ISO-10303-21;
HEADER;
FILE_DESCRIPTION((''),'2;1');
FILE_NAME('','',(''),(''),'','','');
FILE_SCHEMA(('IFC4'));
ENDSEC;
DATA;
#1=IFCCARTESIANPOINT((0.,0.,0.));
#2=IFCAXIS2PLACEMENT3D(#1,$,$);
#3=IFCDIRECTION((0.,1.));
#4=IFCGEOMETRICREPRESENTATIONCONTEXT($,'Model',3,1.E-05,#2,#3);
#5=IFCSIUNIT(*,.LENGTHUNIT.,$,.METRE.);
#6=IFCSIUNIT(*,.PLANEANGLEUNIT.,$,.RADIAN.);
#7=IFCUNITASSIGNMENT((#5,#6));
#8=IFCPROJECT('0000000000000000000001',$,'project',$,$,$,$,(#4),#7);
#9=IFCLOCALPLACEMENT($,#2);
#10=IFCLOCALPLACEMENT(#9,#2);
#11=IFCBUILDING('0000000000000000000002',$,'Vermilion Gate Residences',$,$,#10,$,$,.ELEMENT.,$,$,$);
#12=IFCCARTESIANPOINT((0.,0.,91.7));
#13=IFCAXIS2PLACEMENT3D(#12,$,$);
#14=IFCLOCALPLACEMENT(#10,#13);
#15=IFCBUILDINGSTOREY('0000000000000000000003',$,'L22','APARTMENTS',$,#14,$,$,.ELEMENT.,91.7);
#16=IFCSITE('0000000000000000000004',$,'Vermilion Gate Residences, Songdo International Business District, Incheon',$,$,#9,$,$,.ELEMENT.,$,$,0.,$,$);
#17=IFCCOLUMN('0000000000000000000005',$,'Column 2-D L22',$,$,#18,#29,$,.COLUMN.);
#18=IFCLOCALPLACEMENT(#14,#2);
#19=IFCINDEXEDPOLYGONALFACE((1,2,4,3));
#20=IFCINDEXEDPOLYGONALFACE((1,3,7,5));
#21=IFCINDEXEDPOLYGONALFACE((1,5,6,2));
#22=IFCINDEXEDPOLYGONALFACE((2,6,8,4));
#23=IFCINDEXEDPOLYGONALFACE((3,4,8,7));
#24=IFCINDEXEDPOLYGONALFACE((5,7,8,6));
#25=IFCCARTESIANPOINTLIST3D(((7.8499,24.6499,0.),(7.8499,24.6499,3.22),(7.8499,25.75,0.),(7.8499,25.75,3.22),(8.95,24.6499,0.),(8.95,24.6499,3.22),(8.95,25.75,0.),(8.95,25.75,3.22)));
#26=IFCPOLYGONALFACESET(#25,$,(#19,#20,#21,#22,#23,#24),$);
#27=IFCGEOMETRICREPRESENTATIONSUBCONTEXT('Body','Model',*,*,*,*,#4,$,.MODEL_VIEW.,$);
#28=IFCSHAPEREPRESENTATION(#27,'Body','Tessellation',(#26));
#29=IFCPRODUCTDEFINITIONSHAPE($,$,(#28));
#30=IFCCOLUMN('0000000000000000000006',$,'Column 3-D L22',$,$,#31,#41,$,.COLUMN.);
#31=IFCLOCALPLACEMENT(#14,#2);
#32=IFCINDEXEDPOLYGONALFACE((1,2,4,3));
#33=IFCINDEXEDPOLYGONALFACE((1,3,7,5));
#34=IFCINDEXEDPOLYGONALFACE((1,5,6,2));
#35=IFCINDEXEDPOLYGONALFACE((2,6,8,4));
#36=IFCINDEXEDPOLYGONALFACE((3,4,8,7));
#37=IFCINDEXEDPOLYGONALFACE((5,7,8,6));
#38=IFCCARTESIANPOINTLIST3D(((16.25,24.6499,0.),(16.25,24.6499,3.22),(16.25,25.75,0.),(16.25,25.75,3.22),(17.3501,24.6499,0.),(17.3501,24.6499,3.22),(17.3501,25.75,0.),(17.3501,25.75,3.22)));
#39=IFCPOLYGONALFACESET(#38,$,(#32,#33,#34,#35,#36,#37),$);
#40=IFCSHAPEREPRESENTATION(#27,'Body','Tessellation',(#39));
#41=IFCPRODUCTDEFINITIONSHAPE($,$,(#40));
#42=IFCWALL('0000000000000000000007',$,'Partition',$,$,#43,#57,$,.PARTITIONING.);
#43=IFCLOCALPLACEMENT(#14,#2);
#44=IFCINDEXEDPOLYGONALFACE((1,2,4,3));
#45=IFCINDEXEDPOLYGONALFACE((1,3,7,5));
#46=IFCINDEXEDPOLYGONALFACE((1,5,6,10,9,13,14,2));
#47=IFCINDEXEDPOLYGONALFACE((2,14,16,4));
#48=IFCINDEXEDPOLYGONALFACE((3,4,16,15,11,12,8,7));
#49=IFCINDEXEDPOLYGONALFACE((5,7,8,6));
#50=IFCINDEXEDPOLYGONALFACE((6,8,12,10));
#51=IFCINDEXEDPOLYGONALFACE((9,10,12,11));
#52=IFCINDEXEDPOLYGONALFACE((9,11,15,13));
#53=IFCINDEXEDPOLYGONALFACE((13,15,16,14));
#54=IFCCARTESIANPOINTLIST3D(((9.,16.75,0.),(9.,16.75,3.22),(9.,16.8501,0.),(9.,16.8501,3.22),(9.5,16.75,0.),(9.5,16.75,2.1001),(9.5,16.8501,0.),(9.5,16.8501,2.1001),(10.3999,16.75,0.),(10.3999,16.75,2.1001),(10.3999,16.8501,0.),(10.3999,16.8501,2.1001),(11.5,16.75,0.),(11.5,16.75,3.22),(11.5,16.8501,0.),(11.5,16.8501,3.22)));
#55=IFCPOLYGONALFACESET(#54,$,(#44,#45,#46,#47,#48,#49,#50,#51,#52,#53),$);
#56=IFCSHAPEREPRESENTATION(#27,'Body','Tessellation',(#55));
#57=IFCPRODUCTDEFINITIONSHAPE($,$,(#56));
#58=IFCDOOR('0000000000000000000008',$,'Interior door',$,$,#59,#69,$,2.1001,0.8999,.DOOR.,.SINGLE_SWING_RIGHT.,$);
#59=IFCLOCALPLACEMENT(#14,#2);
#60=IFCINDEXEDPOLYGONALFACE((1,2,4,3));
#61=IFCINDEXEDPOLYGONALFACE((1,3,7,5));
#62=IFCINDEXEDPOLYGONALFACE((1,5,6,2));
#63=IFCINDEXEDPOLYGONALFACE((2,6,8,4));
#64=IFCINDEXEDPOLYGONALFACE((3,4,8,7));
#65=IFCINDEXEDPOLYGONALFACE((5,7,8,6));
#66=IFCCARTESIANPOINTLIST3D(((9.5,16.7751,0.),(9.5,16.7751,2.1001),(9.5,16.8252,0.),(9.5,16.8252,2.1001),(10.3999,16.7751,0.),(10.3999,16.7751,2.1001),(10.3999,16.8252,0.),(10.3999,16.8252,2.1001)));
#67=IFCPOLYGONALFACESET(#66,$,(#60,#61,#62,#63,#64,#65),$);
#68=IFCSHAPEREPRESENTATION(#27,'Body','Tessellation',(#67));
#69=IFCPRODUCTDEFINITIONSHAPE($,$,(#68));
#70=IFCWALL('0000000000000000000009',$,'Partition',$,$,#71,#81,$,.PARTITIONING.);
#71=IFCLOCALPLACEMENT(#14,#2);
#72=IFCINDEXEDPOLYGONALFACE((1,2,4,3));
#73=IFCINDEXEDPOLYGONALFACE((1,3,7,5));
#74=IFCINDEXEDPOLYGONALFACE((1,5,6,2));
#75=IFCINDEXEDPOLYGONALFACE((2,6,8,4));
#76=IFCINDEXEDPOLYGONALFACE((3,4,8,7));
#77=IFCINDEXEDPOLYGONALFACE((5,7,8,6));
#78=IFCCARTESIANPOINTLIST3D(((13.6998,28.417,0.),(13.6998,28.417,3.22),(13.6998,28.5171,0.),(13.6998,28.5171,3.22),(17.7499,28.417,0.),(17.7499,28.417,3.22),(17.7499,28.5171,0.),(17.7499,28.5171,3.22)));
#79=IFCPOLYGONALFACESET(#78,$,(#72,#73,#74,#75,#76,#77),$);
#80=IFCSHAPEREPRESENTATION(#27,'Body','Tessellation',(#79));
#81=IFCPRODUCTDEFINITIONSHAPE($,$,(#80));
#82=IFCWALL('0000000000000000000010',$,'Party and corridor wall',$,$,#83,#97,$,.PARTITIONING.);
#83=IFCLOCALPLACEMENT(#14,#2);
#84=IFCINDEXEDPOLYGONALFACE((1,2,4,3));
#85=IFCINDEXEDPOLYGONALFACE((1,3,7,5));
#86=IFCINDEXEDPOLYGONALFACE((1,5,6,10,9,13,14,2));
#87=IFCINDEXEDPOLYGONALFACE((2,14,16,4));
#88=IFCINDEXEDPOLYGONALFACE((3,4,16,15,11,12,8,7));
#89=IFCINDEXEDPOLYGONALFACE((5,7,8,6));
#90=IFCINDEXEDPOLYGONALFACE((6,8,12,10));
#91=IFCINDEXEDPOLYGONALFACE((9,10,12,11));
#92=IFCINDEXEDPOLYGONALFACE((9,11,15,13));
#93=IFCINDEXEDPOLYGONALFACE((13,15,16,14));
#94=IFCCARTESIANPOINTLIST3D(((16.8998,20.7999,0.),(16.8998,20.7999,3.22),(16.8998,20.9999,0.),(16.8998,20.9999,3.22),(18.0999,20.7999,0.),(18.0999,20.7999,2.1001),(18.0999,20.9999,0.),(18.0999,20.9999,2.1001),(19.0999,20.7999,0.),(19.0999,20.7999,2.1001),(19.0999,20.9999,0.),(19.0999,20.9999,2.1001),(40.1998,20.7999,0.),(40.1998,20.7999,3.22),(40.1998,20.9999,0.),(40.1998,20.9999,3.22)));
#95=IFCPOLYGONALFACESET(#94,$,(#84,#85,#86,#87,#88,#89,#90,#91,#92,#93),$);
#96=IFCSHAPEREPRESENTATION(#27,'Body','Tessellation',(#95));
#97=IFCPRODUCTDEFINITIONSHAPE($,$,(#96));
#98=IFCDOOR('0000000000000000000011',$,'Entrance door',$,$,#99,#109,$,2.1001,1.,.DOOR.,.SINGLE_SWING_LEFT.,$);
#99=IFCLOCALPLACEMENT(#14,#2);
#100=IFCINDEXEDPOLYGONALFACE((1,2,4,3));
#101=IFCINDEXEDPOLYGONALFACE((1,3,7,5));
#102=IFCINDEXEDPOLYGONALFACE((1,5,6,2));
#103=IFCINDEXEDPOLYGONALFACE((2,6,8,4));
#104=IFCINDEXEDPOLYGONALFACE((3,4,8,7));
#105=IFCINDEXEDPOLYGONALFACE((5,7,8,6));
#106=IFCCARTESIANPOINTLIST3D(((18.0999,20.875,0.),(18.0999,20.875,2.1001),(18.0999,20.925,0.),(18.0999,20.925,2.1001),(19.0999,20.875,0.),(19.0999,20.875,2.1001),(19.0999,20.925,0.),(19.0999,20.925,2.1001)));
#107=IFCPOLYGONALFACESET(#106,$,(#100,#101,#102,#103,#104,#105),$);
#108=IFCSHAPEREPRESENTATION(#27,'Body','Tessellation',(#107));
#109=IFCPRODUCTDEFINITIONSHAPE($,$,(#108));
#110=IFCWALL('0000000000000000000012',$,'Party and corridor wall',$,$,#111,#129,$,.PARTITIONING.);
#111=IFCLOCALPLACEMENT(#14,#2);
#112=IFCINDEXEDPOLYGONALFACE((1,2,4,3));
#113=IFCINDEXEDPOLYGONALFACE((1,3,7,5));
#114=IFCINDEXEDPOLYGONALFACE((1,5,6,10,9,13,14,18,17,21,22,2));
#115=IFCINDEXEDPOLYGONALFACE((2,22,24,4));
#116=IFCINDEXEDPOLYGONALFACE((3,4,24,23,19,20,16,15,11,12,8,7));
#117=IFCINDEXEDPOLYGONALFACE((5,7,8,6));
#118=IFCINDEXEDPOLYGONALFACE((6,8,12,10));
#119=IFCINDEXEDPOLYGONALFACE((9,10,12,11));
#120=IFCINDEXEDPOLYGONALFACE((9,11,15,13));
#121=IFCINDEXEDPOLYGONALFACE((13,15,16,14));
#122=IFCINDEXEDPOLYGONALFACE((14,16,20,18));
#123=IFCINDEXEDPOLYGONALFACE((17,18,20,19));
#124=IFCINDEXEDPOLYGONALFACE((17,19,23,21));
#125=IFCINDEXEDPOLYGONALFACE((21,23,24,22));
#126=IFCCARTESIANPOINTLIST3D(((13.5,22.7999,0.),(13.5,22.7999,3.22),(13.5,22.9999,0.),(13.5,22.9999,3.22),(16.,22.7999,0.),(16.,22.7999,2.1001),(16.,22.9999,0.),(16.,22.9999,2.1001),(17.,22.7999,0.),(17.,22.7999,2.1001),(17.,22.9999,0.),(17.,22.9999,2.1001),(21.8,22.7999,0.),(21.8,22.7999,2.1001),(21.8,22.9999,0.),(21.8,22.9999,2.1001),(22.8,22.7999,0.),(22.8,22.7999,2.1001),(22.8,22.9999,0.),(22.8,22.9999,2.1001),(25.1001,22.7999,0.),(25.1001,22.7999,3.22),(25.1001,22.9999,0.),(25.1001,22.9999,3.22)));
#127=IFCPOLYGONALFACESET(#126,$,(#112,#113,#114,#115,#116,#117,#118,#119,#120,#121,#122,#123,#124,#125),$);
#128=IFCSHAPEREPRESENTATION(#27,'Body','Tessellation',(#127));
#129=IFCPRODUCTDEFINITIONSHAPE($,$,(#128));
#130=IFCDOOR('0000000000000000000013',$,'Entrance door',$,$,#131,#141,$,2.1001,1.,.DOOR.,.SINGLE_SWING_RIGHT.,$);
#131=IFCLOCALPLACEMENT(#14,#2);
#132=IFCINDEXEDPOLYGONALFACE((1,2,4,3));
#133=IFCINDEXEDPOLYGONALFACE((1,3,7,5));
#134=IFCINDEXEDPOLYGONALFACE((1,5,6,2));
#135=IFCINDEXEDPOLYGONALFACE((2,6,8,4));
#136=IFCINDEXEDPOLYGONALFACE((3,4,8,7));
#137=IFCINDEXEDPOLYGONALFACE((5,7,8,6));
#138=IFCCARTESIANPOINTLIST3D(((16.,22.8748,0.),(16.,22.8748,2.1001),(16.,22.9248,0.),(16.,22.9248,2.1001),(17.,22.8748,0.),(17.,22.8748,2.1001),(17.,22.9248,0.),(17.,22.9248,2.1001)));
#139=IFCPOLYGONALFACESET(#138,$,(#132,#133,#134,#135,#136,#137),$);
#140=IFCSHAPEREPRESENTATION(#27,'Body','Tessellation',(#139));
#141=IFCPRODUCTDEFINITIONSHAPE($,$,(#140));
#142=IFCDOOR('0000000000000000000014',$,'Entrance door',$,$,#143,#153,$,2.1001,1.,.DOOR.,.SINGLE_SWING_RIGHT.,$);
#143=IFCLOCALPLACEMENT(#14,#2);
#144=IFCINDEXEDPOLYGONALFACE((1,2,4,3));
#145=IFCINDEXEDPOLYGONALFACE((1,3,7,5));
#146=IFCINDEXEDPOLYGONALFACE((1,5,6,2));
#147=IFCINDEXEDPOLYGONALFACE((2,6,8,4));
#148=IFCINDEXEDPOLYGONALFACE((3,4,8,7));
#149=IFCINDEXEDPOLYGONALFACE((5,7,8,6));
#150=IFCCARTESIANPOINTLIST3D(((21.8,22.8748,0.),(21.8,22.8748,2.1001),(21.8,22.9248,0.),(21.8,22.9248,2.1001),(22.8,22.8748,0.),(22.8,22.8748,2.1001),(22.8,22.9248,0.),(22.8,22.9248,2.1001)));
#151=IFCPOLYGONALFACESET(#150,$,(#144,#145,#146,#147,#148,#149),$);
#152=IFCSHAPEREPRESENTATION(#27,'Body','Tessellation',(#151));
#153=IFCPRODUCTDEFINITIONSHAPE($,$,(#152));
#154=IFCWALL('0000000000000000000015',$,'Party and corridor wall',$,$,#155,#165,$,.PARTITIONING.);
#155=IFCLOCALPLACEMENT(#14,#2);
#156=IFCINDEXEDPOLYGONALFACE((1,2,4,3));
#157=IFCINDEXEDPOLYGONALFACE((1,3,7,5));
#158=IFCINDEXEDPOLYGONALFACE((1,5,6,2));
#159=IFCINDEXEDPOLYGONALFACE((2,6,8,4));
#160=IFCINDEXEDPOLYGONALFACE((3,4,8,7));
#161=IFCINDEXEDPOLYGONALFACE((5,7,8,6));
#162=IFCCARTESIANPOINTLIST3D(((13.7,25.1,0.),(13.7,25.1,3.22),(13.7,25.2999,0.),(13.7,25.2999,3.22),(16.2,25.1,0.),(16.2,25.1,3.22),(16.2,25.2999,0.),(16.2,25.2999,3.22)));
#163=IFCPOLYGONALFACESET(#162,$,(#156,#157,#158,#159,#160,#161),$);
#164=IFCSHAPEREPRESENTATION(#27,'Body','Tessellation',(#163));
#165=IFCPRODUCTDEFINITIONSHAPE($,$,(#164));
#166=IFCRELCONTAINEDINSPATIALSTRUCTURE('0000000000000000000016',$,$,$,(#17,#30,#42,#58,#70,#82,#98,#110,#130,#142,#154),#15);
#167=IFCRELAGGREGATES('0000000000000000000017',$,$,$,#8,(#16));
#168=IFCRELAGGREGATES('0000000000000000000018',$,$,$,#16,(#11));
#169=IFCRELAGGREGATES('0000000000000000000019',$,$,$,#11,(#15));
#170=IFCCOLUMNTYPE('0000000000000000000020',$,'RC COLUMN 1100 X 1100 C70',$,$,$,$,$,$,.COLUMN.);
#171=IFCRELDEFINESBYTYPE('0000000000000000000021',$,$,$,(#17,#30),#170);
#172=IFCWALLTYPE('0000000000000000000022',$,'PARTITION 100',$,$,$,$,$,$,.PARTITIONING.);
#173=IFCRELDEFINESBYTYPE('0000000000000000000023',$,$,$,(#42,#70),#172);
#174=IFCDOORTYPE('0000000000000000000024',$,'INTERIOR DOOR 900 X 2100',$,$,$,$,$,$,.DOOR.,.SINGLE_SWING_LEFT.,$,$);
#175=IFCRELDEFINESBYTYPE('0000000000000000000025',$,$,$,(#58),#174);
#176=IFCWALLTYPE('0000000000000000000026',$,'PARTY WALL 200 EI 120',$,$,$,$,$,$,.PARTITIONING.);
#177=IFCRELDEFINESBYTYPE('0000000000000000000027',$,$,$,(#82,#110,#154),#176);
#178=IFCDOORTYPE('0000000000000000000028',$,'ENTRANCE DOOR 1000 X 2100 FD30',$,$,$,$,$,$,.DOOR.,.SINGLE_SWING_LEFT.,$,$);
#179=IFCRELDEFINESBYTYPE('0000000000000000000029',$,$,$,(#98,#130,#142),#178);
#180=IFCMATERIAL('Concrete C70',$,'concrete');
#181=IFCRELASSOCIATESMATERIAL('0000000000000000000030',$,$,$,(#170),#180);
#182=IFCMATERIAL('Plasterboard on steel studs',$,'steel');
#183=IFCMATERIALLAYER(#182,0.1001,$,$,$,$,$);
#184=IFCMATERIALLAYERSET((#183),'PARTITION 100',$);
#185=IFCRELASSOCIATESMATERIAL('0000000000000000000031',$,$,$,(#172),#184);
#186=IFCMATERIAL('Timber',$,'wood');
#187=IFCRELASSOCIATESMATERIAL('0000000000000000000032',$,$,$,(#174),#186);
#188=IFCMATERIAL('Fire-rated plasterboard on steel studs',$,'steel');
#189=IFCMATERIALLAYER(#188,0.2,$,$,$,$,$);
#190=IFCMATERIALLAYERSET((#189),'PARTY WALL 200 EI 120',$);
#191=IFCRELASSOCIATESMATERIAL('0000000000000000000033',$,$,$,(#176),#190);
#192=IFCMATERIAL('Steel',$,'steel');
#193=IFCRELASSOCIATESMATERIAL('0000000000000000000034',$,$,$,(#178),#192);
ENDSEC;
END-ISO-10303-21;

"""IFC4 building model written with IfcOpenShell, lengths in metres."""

from ifc_helpers import new_model, si_unit, direction, frame, frame_2d, origin, origin_2d, place, context, subcontext, project, spatial, rectangle, extrude, material, layer, layer_set, material_profile, profile_set, type_object, element, fill, save


model = new_model("IFC4")

# Units and contexts
model_context = context("Model", 3, precision=1e-05, world=origin(), true_north=direction((0.0, 1.0)))
body_context = subcontext(model_context, "Body", "Model", "MODEL_VIEW")
ifc_project = project(units=[si_unit("LENGTHUNIT", "METRE"), si_unit("PLANEANGLEUNIT", "RADIAN")], contexts=[model_context])

# Site, building, storey
site_placement = place(None, origin())
site = spatial("IfcSite", under=ifc_project, at=site_placement, Name="Vermilion Gate Residences, Songdo International Business District, Incheon", CompositionType="ELEMENT", RefElevation=0.0)
building_placement = place(site_placement, origin())
building = spatial("IfcBuilding", under=site, at=building_placement, Name="Vermilion Gate Residences", CompositionType="ELEMENT")
storey_placement = place(building_placement, frame((0.0, 0.0, 91.7)))
storey = spatial("IfcBuildingStorey", under=building, at=storey_placement, Name="L22", Description="APARTMENTS", CompositionType="ELEMENT", Elevation=91.7)

# Columns
ifc_material_1 = material(Name="Concrete C70", Category="concrete")
ifc_material_profile = material_profile(ifc_material_1, rectangle(XDim=1.1001, YDim=1.1001, at=origin_2d()), Name="RC-1100x1100")
ifc_profile_set = profile_set([ifc_material_profile], Name="Concrete C70")
column_type = type_object("IfcColumnType", Name="RC COLUMN 1100 X 1100 C70", PredefinedType="COLUMN", material=ifc_profile_set)
for number, where, z_axis, x_axis, name in (
    (1, (8.3999, 25.2, 0.0), (0.0, 0.0, 1.0), (1.0, 0.0, 0.0), "Column 2-D L22"),
    (2, (16.8, 25.2, 0.0), (0.0, 0.0, 1.0), (1.0, 0.0, 0.0), "Column 3-D L22"),
):
    element("IfcColumn", number, at=place(storey_placement, frame(where, z_axis=z_axis, x_axis=x_axis)), inside=storey, type_object=column_type, Name=name, PredefinedType="COLUMN", context=body_context, shape_type="SweptSolid", body=[
        extrude(rectangle(XDim=1.1001, YDim=1.1001, at=origin_2d()), origin(), (0.0, 0.0, 1.0), 3.22),
    ])

# Wall, opening, door
ifc_material_2 = material(Name="Plasterboard on steel studs", Category="steel")
ifc_layer_1 = layer(ifc_material_2, 0.1001)
ifc_layer_set_1 = layer_set([ifc_layer_1], Name="PARTITION 100")
wall_type_1 = type_object("IfcWallType", Name="PARTITION 100", PredefinedType="PARTITIONING", material=ifc_layer_set_1)
wall_1_placement = place(storey_placement, frame((9.0, 16.8, 0.0), z_axis=(0.0, 0.0, 1.0), x_axis=(1.0, 0.0, 0.0)))
wall_1 = element("IfcWall", 3, at=wall_1_placement, inside=storey, type_object=wall_type_1, Name="Partition", PredefinedType="PARTITIONING", context=body_context, shape_type="SweptSolid", body=[
    extrude(rectangle(XDim=2.5, YDim=0.1001, at=frame_2d((1.25, 0.0))), origin(), (0.0, 0.0, 1.0), 3.22),
])
opening_1_placement = place(wall_1_placement, frame((0.5, 0.0, 0.0)))
opening_1 = element("IfcOpeningElement", 4, at=opening_1_placement, cuts=wall_1, PredefinedType="OPENING", context=body_context, shape_type="SweptSolid", body=[
    extrude(rectangle(XDim=0.8999, YDim=2.1001, at=frame_2d((0.45, 1.05))), frame((0.0, 0.0601, 0.0), z_axis=(0.0, -1.0, 0.0), x_axis=(1.0, 0.0, 0.0)), (0.0, 0.0, 1.0), 0.1201),
])
ifc_material_3 = material(Name="Timber", Category="wood")
door_type_1 = type_object("IfcDoorType", Name="INTERIOR DOOR 900 X 2100", OperationType="SINGLE_SWING_LEFT", PredefinedType="DOOR", material=ifc_material_3)
door_1_placement = place(opening_1_placement, frame((0.8999, 0.0, 0.0), z_axis=(0.0, 0.0, 1.0), x_axis=(-1.0, 0.0, 0.0)))
door_1 = element("IfcDoor", 5, at=door_1_placement, inside=storey, type_object=door_type_1, Name="Interior door", OperationType="SINGLE_SWING_RIGHT", OverallHeight=2.1001, OverallWidth=0.8999, PredefinedType="DOOR", context=body_context, shape_type="SweptSolid", body=[
    extrude(rectangle(XDim=0.8999, YDim=2.1001, at=frame_2d((0.45, 1.05))), frame((0.0, 0.0249, 0.0), z_axis=(0.0, -1.0, 0.0), x_axis=(1.0, 0.0, 0.0)), (0.0, 0.0, 1.0), 0.05),
])
fill(opening_1, door_1)

# Wall
wall_2_placement = place(storey_placement, frame((13.7, 28.467, 0.0), z_axis=(0.0, 0.0, 1.0), x_axis=(1.0, 0.0, 0.0)))
element("IfcWall", 6, at=wall_2_placement, inside=storey, type_object=wall_type_1, Name="Partition", PredefinedType="PARTITIONING", context=body_context, shape_type="SweptSolid", body=[
    extrude(rectangle(XDim=4.05, YDim=0.1001, at=frame_2d((2.0249, 0.0))), origin(), (0.0, 0.0, 1.0), 3.22),
])

# Wall, opening, door
ifc_material_4 = material(Name="Fire-rated plasterboard on steel studs", Category="steel")
ifc_layer_2 = layer(ifc_material_4, 0.2)
ifc_layer_set_2 = layer_set([ifc_layer_2], Name="PARTY WALL 200 EI 120")
wall_type_2 = type_object("IfcWallType", Name="PARTY WALL 200 EI 120", PredefinedType="PARTITIONING", material=ifc_layer_set_2)
wall_3_placement = place(storey_placement, frame((16.8999, 20.8999, 0.0), z_axis=(0.0, 0.0, 1.0), x_axis=(1.0, 0.0, 0.0)))
wall_3 = element("IfcWall", 7, at=wall_3_placement, inside=storey, type_object=wall_type_2, Name="Party and corridor wall", PredefinedType="PARTITIONING", context=body_context, shape_type="SweptSolid", body=[
    extrude(rectangle(XDim=23.3, YDim=0.2, at=frame_2d((11.6499, 0.0))), origin(), (0.0, 0.0, 1.0), 3.22),
])
opening_2_placement = place(wall_3_placement, frame((1.2, 0.0, 0.0)))
opening_2 = element("IfcOpeningElement", 8, at=opening_2_placement, cuts=wall_3, PredefinedType="OPENING", context=body_context, shape_type="SweptSolid", body=[
    extrude(rectangle(XDim=1.0, YDim=2.1001, at=frame_2d((0.5, 1.05))), frame((0.0, 0.1099, 0.0), z_axis=(0.0, -1.0, 0.0), x_axis=(1.0, 0.0, 0.0)), (0.0, 0.0, 1.0), 0.22),
])
ifc_material_5 = material(Name="Steel", Category="steel")
door_type_2 = type_object("IfcDoorType", Name="ENTRANCE DOOR 1000 X 2100 FD30", OperationType="SINGLE_SWING_LEFT", PredefinedType="DOOR", material=ifc_material_5)
door_2_placement = place(opening_2_placement, frame((1.0, 0.0, 0.0), z_axis=(0.0, 0.0, 1.0), x_axis=(-1.0, 0.0, 0.0)))
door_2 = element("IfcDoor", 9, at=door_2_placement, inside=storey, type_object=door_type_2, Name="Entrance door", OperationType="SINGLE_SWING_LEFT", OverallHeight=2.1001, OverallWidth=1.0, PredefinedType="DOOR", context=body_context, shape_type="SweptSolid", body=[
    extrude(rectangle(XDim=1.0, YDim=2.1001, at=frame_2d((0.5, 1.05))), frame((0.0, 0.0249, 0.0), z_axis=(0.0, -1.0, 0.0), x_axis=(1.0, 0.0, 0.0)), (0.0, 0.0, 1.0), 0.05),
])
fill(opening_2, door_2)

# Wall, openings, doors
wall_4_placement = place(storey_placement, frame((13.5, 22.8999, 0.0), z_axis=(0.0, 0.0, 1.0), x_axis=(1.0, 0.0, 0.0)))
wall_4 = element("IfcWall", 10, at=wall_4_placement, inside=storey, type_object=wall_type_2, Name="Party and corridor wall", PredefinedType="PARTITIONING", context=body_context, shape_type="SweptSolid", body=[
    extrude(rectangle(XDim=11.6001, YDim=0.2, at=frame_2d((5.8, 0.0))), origin(), (0.0, 0.0, 1.0), 3.22),
])
opening_3_placement = place(wall_4_placement, frame((2.5, 0.0, 0.0)))
opening_3 = element("IfcOpeningElement", 11, at=opening_3_placement, cuts=wall_4, PredefinedType="OPENING", context=body_context, shape_type="SweptSolid", body=[
    extrude(rectangle(XDim=1.0, YDim=2.1001, at=frame_2d((0.5, 1.05))), frame((0.0, 0.1099, 0.0), z_axis=(0.0, -1.0, 0.0), x_axis=(1.0, 0.0, 0.0)), (0.0, 0.0, 1.0), 0.22),
])
opening_4_placement = place(wall_4_placement, frame((8.3, 0.0, 0.0)))
opening_4 = element("IfcOpeningElement", 12, at=opening_4_placement, cuts=wall_4, PredefinedType="OPENING", context=body_context, shape_type="SweptSolid", body=[
    extrude(rectangle(XDim=1.0, YDim=2.1001, at=frame_2d((0.5, 1.05))), frame((0.0, 0.1099, 0.0), z_axis=(0.0, -1.0, 0.0), x_axis=(1.0, 0.0, 0.0)), (0.0, 0.0, 1.0), 0.22),
])
door_3_placement = place(opening_3_placement, origin())
door_3 = element("IfcDoor", 13, at=door_3_placement, inside=storey, type_object=door_type_2, Name="Entrance door", OperationType="SINGLE_SWING_RIGHT", OverallHeight=2.1001, OverallWidth=1.0, PredefinedType="DOOR", context=body_context, shape_type="SweptSolid", body=[
    extrude(rectangle(XDim=1.0, YDim=2.1001, at=frame_2d((0.5, 1.05))), frame((0.0, 0.0249, 0.0), z_axis=(0.0, -1.0, 0.0), x_axis=(1.0, 0.0, 0.0)), (0.0, 0.0, 1.0), 0.05),
])
fill(opening_3, door_3)
door_4_placement = place(opening_4_placement, origin())
door_4 = element("IfcDoor", 14, at=door_4_placement, inside=storey, type_object=door_type_2, Name="Entrance door", OperationType="SINGLE_SWING_RIGHT", OverallHeight=2.1001, OverallWidth=1.0, PredefinedType="DOOR", context=body_context, shape_type="SweptSolid", body=[
    extrude(rectangle(XDim=1.0, YDim=2.1001, at=frame_2d((0.5, 1.05))), frame((0.0, 0.0249, 0.0), z_axis=(0.0, -1.0, 0.0), x_axis=(1.0, 0.0, 0.0)), (0.0, 0.0, 1.0), 0.05),
])
fill(opening_4, door_4)

# Wall
wall_5_placement = place(storey_placement, frame((13.7, 25.2, 0.0), z_axis=(0.0, 0.0, 1.0), x_axis=(1.0, 0.0, 0.0)))
element("IfcWall", 15, at=wall_5_placement, inside=storey, type_object=wall_type_2, Name="Party and corridor wall", PredefinedType="PARTITIONING", context=body_context, shape_type="SweptSolid", body=[
    extrude(rectangle(XDim=2.5, YDim=0.2, at=frame_2d((1.25, 0.0))), origin(), (0.0, 0.0, 1.0), 3.22),
])

save(model, "model.ifc")
